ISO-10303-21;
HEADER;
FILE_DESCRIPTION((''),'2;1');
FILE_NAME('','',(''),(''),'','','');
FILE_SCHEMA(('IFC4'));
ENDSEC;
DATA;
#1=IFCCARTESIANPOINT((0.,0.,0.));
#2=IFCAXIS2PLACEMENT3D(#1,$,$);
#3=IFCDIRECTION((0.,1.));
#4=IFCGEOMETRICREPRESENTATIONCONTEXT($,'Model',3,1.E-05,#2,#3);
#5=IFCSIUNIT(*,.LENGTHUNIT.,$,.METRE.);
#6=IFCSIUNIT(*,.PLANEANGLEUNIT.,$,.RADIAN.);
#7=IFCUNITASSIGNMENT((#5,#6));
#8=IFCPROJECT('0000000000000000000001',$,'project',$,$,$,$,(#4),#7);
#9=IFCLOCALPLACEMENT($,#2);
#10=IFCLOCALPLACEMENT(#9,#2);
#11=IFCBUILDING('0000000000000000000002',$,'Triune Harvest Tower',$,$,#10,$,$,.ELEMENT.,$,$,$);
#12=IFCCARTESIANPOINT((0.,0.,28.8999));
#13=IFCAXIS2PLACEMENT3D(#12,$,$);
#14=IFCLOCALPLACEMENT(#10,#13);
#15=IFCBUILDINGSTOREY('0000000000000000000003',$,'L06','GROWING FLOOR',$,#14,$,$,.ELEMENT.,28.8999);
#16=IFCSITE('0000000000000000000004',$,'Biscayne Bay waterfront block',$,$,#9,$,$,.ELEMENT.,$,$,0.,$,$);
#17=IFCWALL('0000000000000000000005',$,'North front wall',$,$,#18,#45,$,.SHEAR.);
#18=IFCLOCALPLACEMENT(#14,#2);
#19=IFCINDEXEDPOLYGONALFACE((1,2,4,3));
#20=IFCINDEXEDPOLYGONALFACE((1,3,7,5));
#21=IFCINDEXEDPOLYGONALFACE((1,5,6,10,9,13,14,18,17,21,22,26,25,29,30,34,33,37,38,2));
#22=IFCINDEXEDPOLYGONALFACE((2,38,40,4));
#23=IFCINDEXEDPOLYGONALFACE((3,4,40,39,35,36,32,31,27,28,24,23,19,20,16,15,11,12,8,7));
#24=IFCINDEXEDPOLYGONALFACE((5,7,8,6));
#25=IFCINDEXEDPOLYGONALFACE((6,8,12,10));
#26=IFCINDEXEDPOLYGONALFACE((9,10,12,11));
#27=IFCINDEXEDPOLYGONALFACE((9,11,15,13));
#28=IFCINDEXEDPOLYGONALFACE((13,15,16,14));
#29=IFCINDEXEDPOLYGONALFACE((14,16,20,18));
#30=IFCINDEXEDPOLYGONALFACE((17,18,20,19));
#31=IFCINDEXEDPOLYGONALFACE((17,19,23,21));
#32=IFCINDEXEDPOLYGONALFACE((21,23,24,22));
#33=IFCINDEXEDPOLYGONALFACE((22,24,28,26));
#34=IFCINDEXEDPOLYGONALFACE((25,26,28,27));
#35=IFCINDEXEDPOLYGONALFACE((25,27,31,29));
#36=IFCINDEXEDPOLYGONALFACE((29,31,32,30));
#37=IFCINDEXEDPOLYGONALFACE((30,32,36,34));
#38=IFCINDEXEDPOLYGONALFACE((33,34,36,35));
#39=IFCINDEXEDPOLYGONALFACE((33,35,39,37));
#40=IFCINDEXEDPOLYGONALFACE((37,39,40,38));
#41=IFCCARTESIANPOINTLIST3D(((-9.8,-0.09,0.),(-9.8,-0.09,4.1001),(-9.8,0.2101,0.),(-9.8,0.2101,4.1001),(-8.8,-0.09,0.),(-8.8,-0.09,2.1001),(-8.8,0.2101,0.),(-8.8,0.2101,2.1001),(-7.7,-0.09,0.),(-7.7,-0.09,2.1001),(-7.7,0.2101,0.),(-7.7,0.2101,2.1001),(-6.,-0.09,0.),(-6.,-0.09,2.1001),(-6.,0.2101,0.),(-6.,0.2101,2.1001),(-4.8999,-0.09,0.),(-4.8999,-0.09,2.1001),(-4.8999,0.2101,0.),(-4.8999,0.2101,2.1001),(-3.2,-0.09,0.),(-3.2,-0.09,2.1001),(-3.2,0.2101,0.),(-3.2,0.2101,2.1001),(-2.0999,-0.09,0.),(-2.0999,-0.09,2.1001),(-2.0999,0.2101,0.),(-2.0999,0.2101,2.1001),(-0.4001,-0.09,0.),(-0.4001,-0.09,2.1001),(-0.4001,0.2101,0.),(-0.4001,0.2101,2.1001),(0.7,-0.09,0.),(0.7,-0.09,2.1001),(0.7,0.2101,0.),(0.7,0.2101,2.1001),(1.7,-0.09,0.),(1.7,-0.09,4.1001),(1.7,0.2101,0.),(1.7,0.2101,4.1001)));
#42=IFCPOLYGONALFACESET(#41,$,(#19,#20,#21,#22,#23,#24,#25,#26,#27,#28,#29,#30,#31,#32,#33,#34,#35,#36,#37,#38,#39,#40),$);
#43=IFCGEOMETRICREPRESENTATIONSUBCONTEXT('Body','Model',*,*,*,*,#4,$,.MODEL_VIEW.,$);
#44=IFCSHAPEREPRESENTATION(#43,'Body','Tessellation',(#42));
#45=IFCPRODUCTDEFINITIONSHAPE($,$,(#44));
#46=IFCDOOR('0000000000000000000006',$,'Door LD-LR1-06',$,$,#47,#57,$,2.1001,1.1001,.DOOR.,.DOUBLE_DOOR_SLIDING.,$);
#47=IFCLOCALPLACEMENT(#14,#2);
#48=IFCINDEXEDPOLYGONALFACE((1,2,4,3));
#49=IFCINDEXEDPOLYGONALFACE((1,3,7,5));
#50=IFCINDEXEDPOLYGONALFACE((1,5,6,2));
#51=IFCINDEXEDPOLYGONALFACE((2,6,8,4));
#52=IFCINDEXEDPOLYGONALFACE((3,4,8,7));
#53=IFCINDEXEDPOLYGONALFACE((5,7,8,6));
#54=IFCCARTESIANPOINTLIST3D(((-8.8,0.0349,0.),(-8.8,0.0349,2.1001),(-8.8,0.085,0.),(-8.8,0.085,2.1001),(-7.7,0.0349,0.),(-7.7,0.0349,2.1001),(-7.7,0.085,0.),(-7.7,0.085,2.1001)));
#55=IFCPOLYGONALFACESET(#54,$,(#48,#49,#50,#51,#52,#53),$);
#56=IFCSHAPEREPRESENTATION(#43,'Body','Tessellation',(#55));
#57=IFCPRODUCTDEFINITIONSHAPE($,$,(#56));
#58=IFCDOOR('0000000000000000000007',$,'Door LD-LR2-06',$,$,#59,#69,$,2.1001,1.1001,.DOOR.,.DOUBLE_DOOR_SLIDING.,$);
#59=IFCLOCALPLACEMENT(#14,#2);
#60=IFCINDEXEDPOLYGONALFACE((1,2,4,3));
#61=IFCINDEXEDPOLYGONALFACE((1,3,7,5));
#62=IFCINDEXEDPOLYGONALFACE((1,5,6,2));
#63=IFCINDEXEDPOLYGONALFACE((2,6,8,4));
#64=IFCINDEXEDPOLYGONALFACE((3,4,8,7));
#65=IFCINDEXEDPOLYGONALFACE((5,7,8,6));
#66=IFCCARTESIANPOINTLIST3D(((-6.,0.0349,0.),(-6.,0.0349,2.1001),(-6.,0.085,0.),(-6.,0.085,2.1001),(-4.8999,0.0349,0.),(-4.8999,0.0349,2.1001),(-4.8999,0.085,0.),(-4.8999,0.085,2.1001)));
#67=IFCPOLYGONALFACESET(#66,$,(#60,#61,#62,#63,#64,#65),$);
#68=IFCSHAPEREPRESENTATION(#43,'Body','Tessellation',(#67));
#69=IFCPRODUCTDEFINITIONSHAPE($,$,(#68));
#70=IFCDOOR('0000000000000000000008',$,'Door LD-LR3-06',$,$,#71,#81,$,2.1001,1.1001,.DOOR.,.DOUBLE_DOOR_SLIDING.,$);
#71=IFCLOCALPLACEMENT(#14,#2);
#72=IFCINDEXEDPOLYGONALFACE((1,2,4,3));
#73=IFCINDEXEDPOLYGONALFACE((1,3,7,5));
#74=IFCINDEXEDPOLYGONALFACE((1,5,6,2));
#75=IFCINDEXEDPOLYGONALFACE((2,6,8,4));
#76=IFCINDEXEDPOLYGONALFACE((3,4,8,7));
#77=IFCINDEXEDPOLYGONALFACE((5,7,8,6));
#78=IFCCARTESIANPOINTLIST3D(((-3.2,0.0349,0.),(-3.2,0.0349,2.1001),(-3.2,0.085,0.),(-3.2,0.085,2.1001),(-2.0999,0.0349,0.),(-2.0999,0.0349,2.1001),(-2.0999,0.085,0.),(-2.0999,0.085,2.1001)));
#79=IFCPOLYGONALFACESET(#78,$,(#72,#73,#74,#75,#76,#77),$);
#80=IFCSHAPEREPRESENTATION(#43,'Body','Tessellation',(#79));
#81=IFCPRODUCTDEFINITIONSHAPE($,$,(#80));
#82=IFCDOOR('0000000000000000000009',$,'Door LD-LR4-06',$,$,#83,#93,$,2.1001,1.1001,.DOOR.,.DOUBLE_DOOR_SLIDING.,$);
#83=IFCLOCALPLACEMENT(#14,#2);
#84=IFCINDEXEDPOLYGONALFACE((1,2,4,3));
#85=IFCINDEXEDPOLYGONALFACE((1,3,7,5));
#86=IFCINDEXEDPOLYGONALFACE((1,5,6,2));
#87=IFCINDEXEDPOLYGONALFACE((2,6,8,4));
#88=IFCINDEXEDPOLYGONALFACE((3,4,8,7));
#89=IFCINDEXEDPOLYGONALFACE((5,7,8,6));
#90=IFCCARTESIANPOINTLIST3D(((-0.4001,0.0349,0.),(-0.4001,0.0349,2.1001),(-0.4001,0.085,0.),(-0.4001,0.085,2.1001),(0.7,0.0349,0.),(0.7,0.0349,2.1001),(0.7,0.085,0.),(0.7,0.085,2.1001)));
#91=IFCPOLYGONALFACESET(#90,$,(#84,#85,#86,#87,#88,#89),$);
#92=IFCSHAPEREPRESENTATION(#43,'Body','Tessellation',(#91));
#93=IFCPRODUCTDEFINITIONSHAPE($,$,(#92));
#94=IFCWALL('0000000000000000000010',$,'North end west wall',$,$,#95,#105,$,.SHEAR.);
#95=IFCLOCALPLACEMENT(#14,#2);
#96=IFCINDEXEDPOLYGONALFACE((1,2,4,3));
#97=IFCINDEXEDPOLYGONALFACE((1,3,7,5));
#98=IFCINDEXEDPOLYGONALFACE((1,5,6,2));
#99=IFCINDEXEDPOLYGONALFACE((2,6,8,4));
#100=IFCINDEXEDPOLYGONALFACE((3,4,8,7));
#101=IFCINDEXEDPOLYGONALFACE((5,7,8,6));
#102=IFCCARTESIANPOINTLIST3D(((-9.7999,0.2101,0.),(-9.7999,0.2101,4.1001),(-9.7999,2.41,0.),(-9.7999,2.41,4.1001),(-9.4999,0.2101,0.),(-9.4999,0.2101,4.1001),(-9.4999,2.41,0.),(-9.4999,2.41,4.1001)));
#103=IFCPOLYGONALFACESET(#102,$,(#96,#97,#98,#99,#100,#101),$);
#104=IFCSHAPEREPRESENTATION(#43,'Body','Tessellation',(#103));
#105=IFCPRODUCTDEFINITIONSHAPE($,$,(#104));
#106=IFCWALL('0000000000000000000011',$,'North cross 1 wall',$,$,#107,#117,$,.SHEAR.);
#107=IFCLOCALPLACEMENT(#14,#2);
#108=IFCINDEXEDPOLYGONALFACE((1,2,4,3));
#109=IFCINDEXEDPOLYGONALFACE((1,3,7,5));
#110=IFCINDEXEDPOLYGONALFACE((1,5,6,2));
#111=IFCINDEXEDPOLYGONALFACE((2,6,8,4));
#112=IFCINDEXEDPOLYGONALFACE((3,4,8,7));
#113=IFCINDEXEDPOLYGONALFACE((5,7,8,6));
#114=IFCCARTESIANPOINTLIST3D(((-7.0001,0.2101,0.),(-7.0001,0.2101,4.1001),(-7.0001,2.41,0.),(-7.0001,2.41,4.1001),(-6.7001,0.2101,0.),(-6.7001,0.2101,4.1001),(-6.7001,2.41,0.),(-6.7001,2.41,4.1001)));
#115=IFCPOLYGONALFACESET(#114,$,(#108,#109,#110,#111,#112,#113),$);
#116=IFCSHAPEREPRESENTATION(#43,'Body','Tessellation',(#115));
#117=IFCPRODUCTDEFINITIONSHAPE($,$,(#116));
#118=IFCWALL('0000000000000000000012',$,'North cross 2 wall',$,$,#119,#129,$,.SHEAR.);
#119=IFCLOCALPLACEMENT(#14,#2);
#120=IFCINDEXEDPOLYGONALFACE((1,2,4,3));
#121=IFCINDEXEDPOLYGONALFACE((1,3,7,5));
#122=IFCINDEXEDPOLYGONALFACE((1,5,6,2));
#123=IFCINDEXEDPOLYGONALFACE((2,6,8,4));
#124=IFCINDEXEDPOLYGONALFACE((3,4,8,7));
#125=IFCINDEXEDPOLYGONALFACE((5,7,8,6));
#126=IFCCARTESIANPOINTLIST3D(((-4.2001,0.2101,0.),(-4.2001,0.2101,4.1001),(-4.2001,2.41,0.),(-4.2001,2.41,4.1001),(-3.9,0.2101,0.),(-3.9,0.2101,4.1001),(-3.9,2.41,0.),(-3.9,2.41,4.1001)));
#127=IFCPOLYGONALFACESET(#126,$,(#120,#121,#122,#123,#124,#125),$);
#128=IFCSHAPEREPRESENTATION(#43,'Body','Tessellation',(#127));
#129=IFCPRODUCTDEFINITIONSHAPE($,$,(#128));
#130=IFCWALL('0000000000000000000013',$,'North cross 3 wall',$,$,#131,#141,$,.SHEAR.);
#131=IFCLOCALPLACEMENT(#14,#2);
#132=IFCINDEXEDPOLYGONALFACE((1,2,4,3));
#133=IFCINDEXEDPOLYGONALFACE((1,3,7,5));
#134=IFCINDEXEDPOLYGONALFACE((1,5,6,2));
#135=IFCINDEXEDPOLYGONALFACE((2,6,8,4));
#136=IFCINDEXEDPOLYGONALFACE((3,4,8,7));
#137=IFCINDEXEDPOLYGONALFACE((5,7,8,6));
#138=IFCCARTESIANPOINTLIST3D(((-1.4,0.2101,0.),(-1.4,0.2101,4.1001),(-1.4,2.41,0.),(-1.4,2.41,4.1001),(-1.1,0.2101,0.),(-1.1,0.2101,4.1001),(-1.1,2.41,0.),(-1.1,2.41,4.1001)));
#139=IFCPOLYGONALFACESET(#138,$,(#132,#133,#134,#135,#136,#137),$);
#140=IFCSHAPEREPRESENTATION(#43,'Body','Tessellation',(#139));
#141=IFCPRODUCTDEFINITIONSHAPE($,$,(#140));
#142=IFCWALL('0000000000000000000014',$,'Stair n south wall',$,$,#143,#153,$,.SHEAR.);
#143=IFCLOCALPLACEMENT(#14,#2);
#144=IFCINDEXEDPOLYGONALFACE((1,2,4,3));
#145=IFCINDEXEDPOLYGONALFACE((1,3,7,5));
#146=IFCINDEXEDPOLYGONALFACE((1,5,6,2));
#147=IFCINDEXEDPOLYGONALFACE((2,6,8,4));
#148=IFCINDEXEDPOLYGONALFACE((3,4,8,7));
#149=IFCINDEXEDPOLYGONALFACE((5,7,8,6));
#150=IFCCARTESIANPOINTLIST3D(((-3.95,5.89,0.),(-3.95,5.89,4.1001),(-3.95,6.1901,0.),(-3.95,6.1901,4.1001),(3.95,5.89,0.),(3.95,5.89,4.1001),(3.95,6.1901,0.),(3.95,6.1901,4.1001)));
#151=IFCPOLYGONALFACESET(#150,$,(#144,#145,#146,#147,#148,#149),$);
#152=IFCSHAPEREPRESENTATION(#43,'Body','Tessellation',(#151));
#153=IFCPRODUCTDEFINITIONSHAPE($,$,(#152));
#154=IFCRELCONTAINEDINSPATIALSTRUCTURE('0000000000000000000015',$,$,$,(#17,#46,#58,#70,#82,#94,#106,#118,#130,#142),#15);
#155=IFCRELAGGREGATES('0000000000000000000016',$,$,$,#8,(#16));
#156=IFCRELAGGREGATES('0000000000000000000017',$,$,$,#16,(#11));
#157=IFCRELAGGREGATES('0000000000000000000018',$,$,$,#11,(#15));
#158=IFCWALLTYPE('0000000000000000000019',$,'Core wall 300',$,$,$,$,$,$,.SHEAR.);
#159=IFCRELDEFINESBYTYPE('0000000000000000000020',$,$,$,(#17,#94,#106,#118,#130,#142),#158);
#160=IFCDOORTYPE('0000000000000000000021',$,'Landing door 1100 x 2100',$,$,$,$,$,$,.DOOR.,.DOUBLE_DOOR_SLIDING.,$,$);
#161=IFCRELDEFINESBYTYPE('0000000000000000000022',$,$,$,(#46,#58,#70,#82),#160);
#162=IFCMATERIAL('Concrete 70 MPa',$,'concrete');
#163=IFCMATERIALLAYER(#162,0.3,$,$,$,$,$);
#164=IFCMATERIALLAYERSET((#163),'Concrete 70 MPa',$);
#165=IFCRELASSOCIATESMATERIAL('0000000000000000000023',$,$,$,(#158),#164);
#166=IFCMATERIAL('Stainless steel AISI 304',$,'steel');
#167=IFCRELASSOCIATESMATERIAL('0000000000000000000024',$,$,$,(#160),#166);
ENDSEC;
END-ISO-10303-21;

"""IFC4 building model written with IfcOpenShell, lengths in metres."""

from ifc_helpers import new_model, si_unit, direction, frame, frame_2d, origin, place, context, subcontext, project, spatial, rectangle, extrude, source, transform, mapped, material, layer, layer_set, type_object, element, fill, save


model = new_model("IFC4")

# Units and contexts
model_context = context("Model", 3, precision=1e-05, world=origin(), true_north=direction((0.0, 1.0)))
body_context = subcontext(model_context, "Body", "Model", "MODEL_VIEW")
ifc_project = project(units=[si_unit("LENGTHUNIT", "METRE"), si_unit("PLANEANGLEUNIT", "RADIAN")], contexts=[model_context])

# Site, building, storey
site_placement = place(None, origin())
site = spatial("IfcSite", under=ifc_project, at=site_placement, Name="Biscayne Bay waterfront block", CompositionType="ELEMENT", RefElevation=0.0)
building_placement = place(site_placement, origin())
building = spatial("IfcBuilding", under=site, at=building_placement, Name="Triune Harvest Tower", CompositionType="ELEMENT")
storey_placement = place(building_placement, frame((0.0, 0.0, 28.8999)))
storey = spatial("IfcBuildingStorey", under=building, at=storey_placement, Name="L06", Description="GROWING FLOOR", CompositionType="ELEMENT", Elevation=28.8999)

# Wall, openings, doors
ifc_material_1 = material(Name="Concrete 70 MPa", Category="concrete")
ifc_layer_1 = layer(ifc_material_1, 0.3)
ifc_layer_set_1 = layer_set([ifc_layer_1], Name="Concrete 70 MPa")
wall_type = type_object("IfcWallType", Name="Core wall 300", PredefinedType="SHEAR", material=ifc_layer_set_1)
shared_shape_1 = source(origin(), body_context, "Body", "SweptSolid", [
    extrude(rectangle(XDim=11.5, YDim=0.3, at=frame_2d((5.75, 0.0))), origin(), (0.0, 0.0, 1.0), 4.1001),
])
wall_1_placement = place(storey_placement, frame((-9.8, 0.0601, 0.0), z_axis=(0.0, 0.0, 1.0), x_axis=(1.0, 0.0, 0.0)))
wall_1 = element("IfcWall", 1, at=wall_1_placement, inside=storey, type_object=wall_type, Name="North front wall", PredefinedType="SHEAR", context=body_context, shape_type="MappedRepresentation", body=[
    mapped(shared_shape_1, transform((0.0, 0.0, 0.0), scale=1.0)),
])
opening_1_placement = place(wall_1_placement, frame((1.0, 0.0, 0.0)))
opening_1 = element("IfcOpeningElement", 2, at=opening_1_placement, cuts=wall_1, PredefinedType="OPENING", context=body_context, shape_type="SweptSolid", body=[
    extrude(rectangle(XDim=1.1001, YDim=2.1001, at=frame_2d((0.55, 1.05))), frame((0.0, 0.1602, 0.0), z_axis=(0.0, -1.0, 0.0), x_axis=(1.0, 0.0, 0.0)), (0.0, 0.0, 1.0), 0.3201),
])
opening_2_placement = place(wall_1_placement, frame((3.8, 0.0, 0.0)))
opening_2 = element("IfcOpeningElement", 3, at=opening_2_placement, cuts=wall_1, PredefinedType="OPENING", context=body_context, shape_type="SweptSolid", body=[
    extrude(rectangle(XDim=1.1001, YDim=2.1001, at=frame_2d((0.55, 1.05))), frame((0.0, 0.1602, 0.0), z_axis=(0.0, -1.0, 0.0), x_axis=(1.0, 0.0, 0.0)), (0.0, 0.0, 1.0), 0.3201),
])
opening_3_placement = place(wall_1_placement, frame((6.6001, 0.0, 0.0)))
opening_3 = element("IfcOpeningElement", 4, at=opening_3_placement, cuts=wall_1, PredefinedType="OPENING", context=body_context, shape_type="SweptSolid", body=[
    extrude(rectangle(XDim=1.1001, YDim=2.1001, at=frame_2d((0.55, 1.05))), frame((0.0, 0.1602, 0.0), z_axis=(0.0, -1.0, 0.0), x_axis=(1.0, 0.0, 0.0)), (0.0, 0.0, 1.0), 0.3201),
])
opening_4_placement = place(wall_1_placement, frame((9.3999, 0.0, 0.0)))
opening_4 = element("IfcOpeningElement", 5, at=opening_4_placement, cuts=wall_1, PredefinedType="OPENING", context=body_context, shape_type="SweptSolid", body=[
    extrude(rectangle(XDim=1.1001, YDim=2.1001, at=frame_2d((0.55, 1.05))), frame((0.0, 0.1602, 0.0), z_axis=(0.0, -1.0, 0.0), x_axis=(1.0, 0.0, 0.0)), (0.0, 0.0, 1.0), 0.3201),
])
ifc_material_2 = material(Name="Stainless steel AISI 304", Category="steel")
door_type_1 = type_object("IfcDoorType", Name="Landing door 1100 x 2100", OperationType="DOUBLE_DOOR_SLIDING", PredefinedType="DOOR", material=ifc_material_2)
door_1_placement = place(opening_1_placement, origin())
door_1 = element("IfcDoor", 6, at=door_1_placement, inside=storey, type_object=door_type_1, Name="Door LD-LR1-06", OperationType="DOUBLE_DOOR_SLIDING", OverallHeight=2.1001, OverallWidth=1.1001, PredefinedType="DOOR", context=body_context, shape_type="SweptSolid", body=[
    extrude(rectangle(XDim=1.1001, YDim=2.1001, at=frame_2d((0.55, 1.05))), frame((0.0, 0.0249, 0.0), z_axis=(0.0, -1.0, 0.0), x_axis=(1.0, 0.0, 0.0)), (0.0, 0.0, 1.0), 0.05),
])
fill(opening_1, door_1)
door_2_placement = place(opening_2_placement, origin())
door_2 = element("IfcDoor", 7, at=door_2_placement, inside=storey, type_object=door_type_1, Name="Door LD-LR2-06", OperationType="DOUBLE_DOOR_SLIDING", OverallHeight=2.1001, OverallWidth=1.1001, PredefinedType="DOOR", context=body_context, shape_type="SweptSolid", body=[
    extrude(rectangle(XDim=1.1001, YDim=2.1001, at=frame_2d((0.55, 1.05))), frame((0.0, 0.0249, 0.0), z_axis=(0.0, -1.0, 0.0), x_axis=(1.0, 0.0, 0.0)), (0.0, 0.0, 1.0), 0.05),
])
fill(opening_2, door_2)
door_3_placement = place(opening_3_placement, origin())
door_3 = element("IfcDoor", 8, at=door_3_placement, inside=storey, type_object=door_type_1, Name="Door LD-LR3-06", OperationType="DOUBLE_DOOR_SLIDING", OverallHeight=2.1001, OverallWidth=1.1001, PredefinedType="DOOR", context=body_context, shape_type="SweptSolid", body=[
    extrude(rectangle(XDim=1.1001, YDim=2.1001, at=frame_2d((0.55, 1.05))), frame((0.0, 0.0249, 0.0), z_axis=(0.0, -1.0, 0.0), x_axis=(1.0, 0.0, 0.0)), (0.0, 0.0, 1.0), 0.05),
])
fill(opening_3, door_3)
door_4_placement = place(opening_4_placement, origin())
door_4 = element("IfcDoor", 9, at=door_4_placement, inside=storey, type_object=door_type_1, Name="Door LD-LR4-06", OperationType="DOUBLE_DOOR_SLIDING", OverallHeight=2.1001, OverallWidth=1.1001, PredefinedType="DOOR", context=body_context, shape_type="SweptSolid", body=[
    extrude(rectangle(XDim=1.1001, YDim=2.1001, at=frame_2d((0.55, 1.05))), frame((0.0, 0.0249, 0.0), z_axis=(0.0, -1.0, 0.0), x_axis=(1.0, 0.0, 0.0)), (0.0, 0.0, 1.0), 0.05),
])
fill(opening_4, door_4)

# Walls
shared_shape_2 = source(origin(), body_context, "Body", "SweptSolid", [
    extrude(rectangle(XDim=2.2, YDim=0.3, at=frame_2d((1.1001, 0.0))), origin(), (0.0, 0.0, 1.0), 4.1001),
])
for number, where, z_axis, x_axis, name in (
    (10, (-9.6499, 0.21, 0.0), (0.0, 0.0, 1.0), (0.0, 1.0, 0.0), "North end west wall"),
    (11, (-6.8501, 0.21, 0.0), (0.0, 0.0, 1.0), (0.0, 1.0, 0.0), "North cross 1 wall"),
    (12, (-4.05, 0.21, 0.0), (0.0, 0.0, 1.0), (0.0, 1.0, 0.0), "North cross 2 wall"),
    (13, (-1.25, 0.21, 0.0), (0.0, 0.0, 1.0), (0.0, 1.0, 0.0), "North cross 3 wall"),
):
    element("IfcWall", number, at=place(storey_placement, frame(where, z_axis=z_axis, x_axis=x_axis)), inside=storey, type_object=wall_type, Name=name, PredefinedType="SHEAR", context=body_context, shape_type="MappedRepresentation", body=[
        mapped(shared_shape_2, transform((0.0, 0.0, 0.0), scale=1.0)),
    ])
shared_shape_3 = source(origin(), body_context, "Body", "SweptSolid", [
    extrude(rectangle(XDim=7.8999, YDim=0.3, at=frame_2d((3.95, 0.0))), origin(), (0.0, 0.0, 1.0), 4.1001),
])
wall_2_placement = place(storey_placement, frame((-3.95, 6.04, 0.0), z_axis=(0.0, 0.0, 1.0), x_axis=(1.0, 0.0, 0.0)))
element("IfcWall", 14, at=wall_2_placement, inside=storey, type_object=wall_type, Name="Stair n south wall", PredefinedType="SHEAR", context=body_context, shape_type="MappedRepresentation", body=[
    mapped(shared_shape_3, transform((0.0, 0.0, 0.0), scale=1.0)),
])

save(model, "model.ifc")
